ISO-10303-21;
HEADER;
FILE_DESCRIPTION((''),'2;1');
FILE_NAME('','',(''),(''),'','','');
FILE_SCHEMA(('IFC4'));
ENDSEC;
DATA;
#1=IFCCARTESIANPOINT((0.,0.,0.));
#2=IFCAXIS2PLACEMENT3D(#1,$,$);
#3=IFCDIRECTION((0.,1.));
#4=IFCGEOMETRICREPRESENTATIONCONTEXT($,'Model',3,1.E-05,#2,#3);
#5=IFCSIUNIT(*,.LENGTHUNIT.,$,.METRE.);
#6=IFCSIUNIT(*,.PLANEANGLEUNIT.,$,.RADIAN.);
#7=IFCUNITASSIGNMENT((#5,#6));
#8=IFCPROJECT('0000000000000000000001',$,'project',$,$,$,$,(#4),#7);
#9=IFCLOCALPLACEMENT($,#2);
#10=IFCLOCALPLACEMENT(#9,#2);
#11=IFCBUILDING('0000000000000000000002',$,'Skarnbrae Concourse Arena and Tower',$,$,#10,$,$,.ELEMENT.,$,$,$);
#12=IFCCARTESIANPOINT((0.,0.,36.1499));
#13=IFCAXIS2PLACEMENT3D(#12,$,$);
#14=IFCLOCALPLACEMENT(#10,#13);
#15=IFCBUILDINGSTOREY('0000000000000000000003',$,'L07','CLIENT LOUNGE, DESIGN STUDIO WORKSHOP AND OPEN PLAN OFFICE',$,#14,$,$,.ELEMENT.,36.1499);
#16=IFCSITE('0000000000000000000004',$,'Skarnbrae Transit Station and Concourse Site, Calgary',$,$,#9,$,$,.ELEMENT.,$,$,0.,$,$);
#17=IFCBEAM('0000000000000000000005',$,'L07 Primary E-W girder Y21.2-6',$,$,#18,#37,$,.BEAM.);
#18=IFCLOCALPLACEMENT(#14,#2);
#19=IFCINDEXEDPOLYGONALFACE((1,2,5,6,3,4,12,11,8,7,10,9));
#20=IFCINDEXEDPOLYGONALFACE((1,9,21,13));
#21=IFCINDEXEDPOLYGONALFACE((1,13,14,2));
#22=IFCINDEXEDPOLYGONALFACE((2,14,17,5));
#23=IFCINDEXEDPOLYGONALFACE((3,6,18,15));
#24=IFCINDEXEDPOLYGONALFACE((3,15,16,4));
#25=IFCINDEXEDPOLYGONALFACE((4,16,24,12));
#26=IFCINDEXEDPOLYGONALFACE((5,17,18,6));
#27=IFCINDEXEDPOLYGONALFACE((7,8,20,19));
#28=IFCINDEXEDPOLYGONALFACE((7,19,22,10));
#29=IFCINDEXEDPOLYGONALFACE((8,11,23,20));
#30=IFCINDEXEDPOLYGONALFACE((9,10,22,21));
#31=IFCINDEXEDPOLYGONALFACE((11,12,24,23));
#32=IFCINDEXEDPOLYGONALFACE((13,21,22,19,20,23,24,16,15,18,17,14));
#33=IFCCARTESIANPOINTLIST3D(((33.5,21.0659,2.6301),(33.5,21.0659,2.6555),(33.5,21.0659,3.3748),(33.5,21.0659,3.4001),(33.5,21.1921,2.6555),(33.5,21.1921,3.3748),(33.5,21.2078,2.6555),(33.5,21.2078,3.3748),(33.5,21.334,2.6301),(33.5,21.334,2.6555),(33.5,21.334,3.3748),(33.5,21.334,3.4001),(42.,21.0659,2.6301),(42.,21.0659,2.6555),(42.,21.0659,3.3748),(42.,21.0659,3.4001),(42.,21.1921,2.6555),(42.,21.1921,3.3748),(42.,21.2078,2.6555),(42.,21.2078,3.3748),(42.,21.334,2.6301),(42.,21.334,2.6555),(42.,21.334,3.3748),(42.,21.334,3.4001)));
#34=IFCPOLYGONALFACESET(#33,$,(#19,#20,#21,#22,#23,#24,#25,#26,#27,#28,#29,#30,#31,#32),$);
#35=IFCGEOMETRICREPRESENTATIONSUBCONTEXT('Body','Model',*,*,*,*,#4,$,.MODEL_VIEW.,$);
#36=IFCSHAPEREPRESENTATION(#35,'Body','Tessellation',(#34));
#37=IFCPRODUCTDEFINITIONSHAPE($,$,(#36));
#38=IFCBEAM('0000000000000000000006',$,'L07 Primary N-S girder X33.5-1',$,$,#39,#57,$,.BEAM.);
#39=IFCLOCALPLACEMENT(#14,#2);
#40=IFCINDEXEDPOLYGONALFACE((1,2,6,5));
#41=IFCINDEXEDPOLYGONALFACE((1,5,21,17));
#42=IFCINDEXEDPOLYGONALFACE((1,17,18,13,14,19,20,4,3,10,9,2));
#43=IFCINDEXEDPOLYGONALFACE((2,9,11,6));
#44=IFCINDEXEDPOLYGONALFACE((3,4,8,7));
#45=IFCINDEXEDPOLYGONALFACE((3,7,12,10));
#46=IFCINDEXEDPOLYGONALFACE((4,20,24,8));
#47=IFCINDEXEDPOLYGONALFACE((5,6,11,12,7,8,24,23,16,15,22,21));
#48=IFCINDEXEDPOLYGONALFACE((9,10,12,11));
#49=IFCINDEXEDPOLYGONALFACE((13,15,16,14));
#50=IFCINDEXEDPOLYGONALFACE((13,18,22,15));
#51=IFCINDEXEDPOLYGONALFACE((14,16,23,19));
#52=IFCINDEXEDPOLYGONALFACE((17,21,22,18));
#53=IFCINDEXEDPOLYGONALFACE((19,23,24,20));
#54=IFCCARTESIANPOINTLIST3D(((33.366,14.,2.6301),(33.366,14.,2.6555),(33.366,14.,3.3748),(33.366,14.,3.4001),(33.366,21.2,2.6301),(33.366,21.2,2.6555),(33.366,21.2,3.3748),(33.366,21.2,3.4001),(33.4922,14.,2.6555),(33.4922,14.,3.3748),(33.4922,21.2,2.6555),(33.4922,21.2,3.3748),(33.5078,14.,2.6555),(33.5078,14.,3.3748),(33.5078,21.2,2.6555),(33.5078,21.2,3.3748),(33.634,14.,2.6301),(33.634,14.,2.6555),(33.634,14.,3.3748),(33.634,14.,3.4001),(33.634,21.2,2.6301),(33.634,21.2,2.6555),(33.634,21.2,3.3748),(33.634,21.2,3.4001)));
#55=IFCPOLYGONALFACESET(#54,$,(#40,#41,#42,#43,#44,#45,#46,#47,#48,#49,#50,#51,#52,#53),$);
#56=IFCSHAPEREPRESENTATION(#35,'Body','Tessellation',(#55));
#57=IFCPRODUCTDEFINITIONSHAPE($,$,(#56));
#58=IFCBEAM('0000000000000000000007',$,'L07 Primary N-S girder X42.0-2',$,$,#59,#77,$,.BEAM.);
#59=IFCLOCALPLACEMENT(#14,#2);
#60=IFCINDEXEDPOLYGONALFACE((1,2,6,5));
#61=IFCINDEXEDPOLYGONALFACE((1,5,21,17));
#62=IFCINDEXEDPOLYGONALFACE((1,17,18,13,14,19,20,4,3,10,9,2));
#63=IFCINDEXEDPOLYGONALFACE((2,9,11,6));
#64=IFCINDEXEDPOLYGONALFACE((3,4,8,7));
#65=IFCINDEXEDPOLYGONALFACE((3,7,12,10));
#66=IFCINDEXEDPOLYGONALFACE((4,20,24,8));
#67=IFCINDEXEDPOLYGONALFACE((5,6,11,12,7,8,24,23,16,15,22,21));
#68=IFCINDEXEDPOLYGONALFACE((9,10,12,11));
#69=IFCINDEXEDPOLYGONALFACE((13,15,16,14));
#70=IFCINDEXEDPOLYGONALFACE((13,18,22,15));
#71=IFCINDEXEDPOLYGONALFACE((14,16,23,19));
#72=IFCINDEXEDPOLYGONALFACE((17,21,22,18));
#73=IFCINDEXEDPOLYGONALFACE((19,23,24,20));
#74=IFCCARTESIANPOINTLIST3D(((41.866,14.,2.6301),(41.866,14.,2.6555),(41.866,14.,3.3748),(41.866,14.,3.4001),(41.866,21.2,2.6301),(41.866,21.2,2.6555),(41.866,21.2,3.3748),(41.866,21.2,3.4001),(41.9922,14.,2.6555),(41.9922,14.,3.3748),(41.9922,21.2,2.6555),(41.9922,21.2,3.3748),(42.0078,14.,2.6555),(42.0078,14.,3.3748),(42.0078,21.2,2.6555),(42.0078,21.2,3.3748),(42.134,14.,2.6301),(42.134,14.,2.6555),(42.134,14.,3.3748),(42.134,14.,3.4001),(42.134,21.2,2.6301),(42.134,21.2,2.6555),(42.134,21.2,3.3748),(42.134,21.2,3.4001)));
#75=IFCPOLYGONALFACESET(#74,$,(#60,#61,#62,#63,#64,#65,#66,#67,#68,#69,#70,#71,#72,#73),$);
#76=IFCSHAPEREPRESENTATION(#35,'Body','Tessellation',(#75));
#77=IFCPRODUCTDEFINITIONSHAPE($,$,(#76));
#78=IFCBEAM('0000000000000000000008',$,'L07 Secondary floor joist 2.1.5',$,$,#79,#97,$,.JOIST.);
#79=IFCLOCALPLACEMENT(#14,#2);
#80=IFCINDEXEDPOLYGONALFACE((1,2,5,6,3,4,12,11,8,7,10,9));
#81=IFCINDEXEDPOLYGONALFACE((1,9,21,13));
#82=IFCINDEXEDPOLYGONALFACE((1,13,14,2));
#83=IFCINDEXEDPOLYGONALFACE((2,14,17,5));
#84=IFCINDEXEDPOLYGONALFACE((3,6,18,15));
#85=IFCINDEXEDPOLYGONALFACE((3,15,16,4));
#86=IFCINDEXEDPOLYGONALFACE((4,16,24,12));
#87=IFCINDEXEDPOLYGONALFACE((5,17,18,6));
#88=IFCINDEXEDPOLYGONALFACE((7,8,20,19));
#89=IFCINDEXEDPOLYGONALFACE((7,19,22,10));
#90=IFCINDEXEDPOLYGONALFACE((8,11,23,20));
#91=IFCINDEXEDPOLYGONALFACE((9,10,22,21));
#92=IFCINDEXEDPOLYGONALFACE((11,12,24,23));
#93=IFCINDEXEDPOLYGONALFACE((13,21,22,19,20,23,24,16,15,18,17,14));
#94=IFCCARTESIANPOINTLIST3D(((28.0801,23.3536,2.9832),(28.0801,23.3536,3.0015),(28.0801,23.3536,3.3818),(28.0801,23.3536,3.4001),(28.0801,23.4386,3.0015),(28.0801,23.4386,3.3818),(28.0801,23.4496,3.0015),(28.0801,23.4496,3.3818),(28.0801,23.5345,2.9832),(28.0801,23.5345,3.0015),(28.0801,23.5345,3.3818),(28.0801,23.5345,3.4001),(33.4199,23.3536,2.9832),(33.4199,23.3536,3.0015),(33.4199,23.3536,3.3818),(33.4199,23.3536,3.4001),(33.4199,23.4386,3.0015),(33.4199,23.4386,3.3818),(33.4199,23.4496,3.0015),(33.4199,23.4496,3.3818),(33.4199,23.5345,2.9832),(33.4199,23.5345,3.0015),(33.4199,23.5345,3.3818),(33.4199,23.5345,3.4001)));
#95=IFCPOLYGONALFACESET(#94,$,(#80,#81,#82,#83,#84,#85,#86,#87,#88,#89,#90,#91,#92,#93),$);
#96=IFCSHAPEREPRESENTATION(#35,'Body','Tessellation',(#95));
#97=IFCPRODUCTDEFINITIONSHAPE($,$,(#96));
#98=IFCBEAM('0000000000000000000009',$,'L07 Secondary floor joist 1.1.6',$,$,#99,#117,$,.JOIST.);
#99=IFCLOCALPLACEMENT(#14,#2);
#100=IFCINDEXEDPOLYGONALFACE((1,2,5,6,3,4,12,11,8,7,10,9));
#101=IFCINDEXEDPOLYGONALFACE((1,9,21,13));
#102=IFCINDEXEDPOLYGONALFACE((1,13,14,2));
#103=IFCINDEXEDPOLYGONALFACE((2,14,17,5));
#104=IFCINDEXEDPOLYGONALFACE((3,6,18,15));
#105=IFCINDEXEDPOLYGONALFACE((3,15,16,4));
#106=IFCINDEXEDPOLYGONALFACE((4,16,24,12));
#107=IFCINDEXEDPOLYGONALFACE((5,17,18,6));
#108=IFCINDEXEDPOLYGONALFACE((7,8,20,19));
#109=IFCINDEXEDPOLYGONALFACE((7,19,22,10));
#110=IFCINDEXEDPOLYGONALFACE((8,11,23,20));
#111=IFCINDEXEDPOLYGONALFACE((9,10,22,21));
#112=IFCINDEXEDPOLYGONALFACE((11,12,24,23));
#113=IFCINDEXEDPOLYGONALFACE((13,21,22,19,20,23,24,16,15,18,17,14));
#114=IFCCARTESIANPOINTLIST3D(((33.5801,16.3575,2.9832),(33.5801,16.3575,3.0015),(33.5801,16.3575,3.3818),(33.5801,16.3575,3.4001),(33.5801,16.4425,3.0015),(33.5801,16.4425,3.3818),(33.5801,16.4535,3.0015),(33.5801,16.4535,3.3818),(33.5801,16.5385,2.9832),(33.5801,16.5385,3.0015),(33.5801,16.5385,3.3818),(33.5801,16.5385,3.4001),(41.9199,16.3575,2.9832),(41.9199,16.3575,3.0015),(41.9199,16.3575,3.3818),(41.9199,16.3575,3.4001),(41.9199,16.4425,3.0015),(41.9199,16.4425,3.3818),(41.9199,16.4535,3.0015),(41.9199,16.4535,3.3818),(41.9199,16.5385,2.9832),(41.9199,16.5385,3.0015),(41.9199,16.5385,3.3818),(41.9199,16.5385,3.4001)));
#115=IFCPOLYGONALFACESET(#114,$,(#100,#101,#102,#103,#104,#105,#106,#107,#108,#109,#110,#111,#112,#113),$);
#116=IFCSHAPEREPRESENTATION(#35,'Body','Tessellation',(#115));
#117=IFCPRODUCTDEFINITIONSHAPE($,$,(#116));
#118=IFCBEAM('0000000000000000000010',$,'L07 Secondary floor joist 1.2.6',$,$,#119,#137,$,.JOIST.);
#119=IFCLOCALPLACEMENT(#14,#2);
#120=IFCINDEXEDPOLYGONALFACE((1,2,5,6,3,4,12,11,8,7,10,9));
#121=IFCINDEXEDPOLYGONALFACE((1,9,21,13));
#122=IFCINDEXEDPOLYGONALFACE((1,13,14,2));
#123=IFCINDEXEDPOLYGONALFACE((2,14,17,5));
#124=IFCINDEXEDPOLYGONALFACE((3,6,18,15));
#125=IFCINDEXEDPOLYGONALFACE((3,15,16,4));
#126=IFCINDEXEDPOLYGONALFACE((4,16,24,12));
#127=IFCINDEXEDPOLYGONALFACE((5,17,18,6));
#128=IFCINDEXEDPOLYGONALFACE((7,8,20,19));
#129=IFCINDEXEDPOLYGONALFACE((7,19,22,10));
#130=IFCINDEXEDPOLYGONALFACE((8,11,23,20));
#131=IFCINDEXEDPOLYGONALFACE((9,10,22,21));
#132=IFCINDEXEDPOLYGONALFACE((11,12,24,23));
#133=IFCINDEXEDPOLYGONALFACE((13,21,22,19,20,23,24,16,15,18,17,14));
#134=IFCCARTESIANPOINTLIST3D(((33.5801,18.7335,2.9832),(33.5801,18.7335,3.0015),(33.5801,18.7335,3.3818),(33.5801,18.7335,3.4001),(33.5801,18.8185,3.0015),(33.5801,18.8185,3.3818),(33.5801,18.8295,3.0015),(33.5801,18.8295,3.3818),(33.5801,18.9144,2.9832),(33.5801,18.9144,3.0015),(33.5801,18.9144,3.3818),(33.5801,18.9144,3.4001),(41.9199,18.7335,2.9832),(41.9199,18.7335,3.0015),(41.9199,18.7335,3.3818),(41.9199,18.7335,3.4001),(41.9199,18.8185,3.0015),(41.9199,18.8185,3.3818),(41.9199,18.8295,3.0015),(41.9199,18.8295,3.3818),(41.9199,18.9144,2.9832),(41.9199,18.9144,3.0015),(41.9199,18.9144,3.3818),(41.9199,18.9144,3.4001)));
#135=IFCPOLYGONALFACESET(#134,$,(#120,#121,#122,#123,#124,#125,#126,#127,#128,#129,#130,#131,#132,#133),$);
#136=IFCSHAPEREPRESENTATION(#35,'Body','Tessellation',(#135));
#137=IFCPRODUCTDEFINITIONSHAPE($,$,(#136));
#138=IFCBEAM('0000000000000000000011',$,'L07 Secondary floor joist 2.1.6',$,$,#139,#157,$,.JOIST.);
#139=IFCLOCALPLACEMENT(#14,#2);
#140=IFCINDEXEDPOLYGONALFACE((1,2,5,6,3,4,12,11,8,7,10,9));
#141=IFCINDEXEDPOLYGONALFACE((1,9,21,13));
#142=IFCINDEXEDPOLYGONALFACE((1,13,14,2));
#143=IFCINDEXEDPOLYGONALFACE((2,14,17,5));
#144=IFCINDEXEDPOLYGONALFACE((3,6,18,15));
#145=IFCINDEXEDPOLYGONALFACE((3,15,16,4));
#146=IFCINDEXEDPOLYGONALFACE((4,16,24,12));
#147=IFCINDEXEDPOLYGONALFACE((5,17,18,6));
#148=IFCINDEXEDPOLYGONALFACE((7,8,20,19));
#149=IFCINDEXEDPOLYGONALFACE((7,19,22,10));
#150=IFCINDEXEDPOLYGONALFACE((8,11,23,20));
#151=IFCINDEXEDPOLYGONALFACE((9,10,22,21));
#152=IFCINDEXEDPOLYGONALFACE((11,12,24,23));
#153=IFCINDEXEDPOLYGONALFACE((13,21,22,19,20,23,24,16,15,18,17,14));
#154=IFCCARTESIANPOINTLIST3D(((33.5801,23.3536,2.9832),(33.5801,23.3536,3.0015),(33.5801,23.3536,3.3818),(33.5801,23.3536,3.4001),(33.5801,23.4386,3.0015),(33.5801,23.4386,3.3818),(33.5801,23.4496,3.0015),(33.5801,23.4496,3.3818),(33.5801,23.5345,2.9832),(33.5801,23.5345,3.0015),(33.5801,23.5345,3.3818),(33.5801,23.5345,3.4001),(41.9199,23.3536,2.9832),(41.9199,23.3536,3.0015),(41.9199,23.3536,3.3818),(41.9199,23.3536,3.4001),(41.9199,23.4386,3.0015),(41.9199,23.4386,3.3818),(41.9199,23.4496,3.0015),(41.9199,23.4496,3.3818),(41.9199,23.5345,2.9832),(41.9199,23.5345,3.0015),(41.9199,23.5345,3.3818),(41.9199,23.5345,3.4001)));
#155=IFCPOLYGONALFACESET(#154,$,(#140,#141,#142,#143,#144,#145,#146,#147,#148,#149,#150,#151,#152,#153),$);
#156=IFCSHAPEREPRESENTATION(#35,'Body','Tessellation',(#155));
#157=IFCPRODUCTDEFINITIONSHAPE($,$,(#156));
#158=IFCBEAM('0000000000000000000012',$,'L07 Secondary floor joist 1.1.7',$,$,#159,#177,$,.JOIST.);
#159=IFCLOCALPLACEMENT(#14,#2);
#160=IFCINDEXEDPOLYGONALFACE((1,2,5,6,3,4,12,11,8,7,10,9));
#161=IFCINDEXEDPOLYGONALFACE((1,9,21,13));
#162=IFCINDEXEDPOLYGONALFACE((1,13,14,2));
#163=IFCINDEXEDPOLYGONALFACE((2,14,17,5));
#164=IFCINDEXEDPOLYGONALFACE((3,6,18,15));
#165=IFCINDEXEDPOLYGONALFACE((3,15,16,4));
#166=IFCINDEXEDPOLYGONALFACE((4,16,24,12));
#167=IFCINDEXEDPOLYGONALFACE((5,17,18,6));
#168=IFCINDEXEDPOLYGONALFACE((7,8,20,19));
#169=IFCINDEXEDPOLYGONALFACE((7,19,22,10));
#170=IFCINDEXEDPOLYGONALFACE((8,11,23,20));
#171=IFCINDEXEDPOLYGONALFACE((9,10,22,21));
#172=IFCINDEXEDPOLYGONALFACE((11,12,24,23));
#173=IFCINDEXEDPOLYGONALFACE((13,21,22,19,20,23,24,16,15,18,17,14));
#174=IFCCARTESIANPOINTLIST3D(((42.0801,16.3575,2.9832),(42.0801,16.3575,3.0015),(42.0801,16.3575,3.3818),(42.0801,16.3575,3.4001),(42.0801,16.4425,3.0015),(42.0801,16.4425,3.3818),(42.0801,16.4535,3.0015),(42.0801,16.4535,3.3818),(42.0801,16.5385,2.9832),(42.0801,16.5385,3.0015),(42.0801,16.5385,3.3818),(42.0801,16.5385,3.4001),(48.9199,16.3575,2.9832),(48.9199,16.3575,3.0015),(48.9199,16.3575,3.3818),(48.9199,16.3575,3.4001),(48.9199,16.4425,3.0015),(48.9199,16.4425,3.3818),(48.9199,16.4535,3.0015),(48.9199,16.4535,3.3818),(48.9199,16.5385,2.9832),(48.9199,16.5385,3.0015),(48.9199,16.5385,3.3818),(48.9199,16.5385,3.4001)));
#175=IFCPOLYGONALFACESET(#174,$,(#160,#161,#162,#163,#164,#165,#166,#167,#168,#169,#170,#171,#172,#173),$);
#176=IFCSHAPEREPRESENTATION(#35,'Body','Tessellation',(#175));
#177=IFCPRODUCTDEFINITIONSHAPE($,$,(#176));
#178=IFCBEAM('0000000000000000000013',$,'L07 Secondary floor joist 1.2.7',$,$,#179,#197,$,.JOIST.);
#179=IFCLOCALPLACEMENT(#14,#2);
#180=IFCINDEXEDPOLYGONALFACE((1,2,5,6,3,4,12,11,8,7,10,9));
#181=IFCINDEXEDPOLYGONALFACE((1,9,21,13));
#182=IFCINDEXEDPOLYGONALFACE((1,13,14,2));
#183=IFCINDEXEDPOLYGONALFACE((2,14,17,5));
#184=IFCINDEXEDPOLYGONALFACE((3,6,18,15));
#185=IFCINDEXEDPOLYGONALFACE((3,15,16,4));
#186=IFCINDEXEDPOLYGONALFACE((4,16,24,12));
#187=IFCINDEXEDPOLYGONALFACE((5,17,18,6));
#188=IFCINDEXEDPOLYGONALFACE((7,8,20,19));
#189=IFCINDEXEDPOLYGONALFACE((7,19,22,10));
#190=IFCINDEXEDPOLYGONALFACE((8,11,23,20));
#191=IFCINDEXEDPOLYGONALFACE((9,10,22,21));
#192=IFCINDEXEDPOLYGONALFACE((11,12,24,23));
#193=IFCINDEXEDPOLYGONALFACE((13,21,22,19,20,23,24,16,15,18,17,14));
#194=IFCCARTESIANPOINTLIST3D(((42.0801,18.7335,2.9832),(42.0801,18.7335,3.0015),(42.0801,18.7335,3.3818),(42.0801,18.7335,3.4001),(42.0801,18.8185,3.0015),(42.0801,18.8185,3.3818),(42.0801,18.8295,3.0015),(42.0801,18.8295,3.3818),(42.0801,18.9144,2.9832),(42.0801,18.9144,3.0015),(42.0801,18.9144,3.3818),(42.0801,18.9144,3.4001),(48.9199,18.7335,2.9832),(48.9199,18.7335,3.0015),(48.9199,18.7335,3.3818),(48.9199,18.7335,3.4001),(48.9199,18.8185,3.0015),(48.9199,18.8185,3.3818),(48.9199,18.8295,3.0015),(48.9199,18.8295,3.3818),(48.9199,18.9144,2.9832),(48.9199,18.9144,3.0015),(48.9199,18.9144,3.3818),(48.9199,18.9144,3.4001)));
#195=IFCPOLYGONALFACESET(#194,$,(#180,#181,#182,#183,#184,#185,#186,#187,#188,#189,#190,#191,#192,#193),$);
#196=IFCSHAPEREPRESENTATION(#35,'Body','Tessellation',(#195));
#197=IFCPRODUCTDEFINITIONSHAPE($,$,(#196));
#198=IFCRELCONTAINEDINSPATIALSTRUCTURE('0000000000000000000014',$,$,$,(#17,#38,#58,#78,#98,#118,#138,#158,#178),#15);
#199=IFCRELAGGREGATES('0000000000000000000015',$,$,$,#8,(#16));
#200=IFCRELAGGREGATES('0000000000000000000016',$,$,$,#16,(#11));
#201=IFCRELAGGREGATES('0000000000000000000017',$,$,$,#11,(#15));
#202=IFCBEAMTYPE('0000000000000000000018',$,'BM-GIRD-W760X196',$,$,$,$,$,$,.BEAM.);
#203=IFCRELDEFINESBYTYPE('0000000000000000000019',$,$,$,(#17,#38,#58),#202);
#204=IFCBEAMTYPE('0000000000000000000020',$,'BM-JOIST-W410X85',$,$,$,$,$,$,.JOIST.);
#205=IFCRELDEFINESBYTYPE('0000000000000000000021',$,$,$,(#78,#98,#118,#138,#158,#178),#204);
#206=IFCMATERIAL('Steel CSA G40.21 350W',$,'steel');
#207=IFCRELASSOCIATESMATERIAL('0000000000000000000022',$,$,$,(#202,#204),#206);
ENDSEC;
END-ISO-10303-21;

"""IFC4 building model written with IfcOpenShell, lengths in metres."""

from ifc_helpers import new_model, si_unit, direction, frame, origin, origin_2d, place, context, subcontext, project, spatial, i_section, extrude, source, transform, mapped, material, material_profile, profile_set, type_object, element, save


model = new_model("IFC4")

# Units and contexts
model_context = context("Model", 3, precision=1e-05, world=origin(), true_north=direction((0.0, 1.0)))
body_context = subcontext(model_context, "Body", "Model", "MODEL_VIEW")
ifc_project = project(units=[si_unit("LENGTHUNIT", "METRE"), si_unit("PLANEANGLEUNIT", "RADIAN")], contexts=[model_context])

# Site, building, storey
site_placement = place(None, origin())
site = spatial("IfcSite", under=ifc_project, at=site_placement, Name="Skarnbrae Transit Station and Concourse Site, Calgary", CompositionType="ELEMENT", RefElevation=0.0)
building_placement = place(site_placement, origin())
building = spatial("IfcBuilding", under=site, at=building_placement, Name="Skarnbrae Concourse Arena and Tower", CompositionType="ELEMENT")
storey_placement = place(building_placement, frame((0.0, 0.0, 36.1499)))
storey = spatial("IfcBuildingStorey", under=building, at=storey_placement, Name="L07", Description="CLIENT LOUNGE, DESIGN STUDIO WORKSHOP AND OPEN PLAN OFFICE", CompositionType="ELEMENT", Elevation=36.1499)

# Shared definitions
ifc_material_1 = material(Name="Steel CSA G40.21 350W", Category="steel")

# Beams
ifc_material_profile_1 = material_profile(ifc_material_1, i_section(OverallWidth=0.2681, OverallDepth=0.77, WebThickness=0.0156, FlangeThickness=0.0254, at=origin_2d()), Name="W760X196")
ifc_profile_set_1 = profile_set([ifc_material_profile_1], Name="Steel CSA G40.21 350W")
beam_type_1 = type_object("IfcBeamType", Name="BM-GIRD-W760X196", PredefinedType="BEAM", material=ifc_profile_set_1)
shared_shape_1 = source(origin(), body_context, "Body", "SweptSolid", [
    extrude(i_section(OverallWidth=0.2681, OverallDepth=0.77, WebThickness=0.0156, FlangeThickness=0.0254, at=origin_2d()), origin(), (0.0, 0.0, 1.0), 8.5),
])
for number, where, z_axis, x_axis, name in (
    (1, (33.5, 21.2, 3.0151), (1.0, 0.0, 0.0), (0.0, 1.0, 0.0), "L07 Primary E-W girder Y21.2-6"),
):
    element("IfcBeam", number, at=place(storey_placement, frame(where, z_axis=z_axis, x_axis=x_axis)), inside=storey, type_object=beam_type_1, Name=name, PredefinedType="BEAM", context=body_context, shape_type="MappedRepresentation", body=[
        mapped(shared_shape_1, transform((0.0, 0.0, 0.0))),
    ])
shared_shape_2 = source(origin(), body_context, "Body", "SweptSolid", [
    extrude(i_section(OverallWidth=0.2681, OverallDepth=0.77, WebThickness=0.0156, FlangeThickness=0.0254, at=origin_2d()), origin(), (0.0, 0.0, 1.0), 7.2),
])
for number, where, z_axis, x_axis, name in (
    (2, (33.5, 14.0, 3.0151), (0.0, 1.0, 0.0), (-1.0, 0.0, 0.0), "L07 Primary N-S girder X33.5-1"),
    (3, (42.0, 14.0, 3.0151), (0.0, 1.0, 0.0), (-1.0, 0.0, 0.0), "L07 Primary N-S girder X42.0-2"),
):
    element("IfcBeam", number, at=place(storey_placement, frame(where, z_axis=z_axis, x_axis=x_axis)), inside=storey, type_object=beam_type_1, Name=name, PredefinedType="BEAM", context=body_context, shape_type="MappedRepresentation", body=[
        mapped(shared_shape_2, transform((0.0, 0.0, 0.0))),
    ])
ifc_material_profile_2 = material_profile(ifc_material_1, i_section(OverallWidth=0.1809, OverallDepth=0.417, WebThickness=0.011, FlangeThickness=0.0183, at=origin_2d()), Name="W410X85")
ifc_profile_set_2 = profile_set([ifc_material_profile_2], Name="Steel CSA G40.21 350W")
beam_type_2 = type_object("IfcBeamType", Name="BM-JOIST-W410X85", PredefinedType="JOIST", material=ifc_profile_set_2)
shared_shape_3 = source(origin(), body_context, "Body", "SweptSolid", [
    extrude(i_section(OverallWidth=0.1809, OverallDepth=0.417, WebThickness=0.011, FlangeThickness=0.0183, at=origin_2d()), origin(), (0.0, 0.0, 1.0), 5.3398),
])
beam_placement = place(storey_placement, frame((28.0801, 23.4441, 3.1917), z_axis=(1.0, 0.0, 0.0), x_axis=(0.0, 1.0, 0.0)))
element("IfcBeam", 4, at=beam_placement, inside=storey, type_object=beam_type_2, Name="L07 Secondary floor joist 2.1.5", PredefinedType="JOIST", context=body_context, shape_type="MappedRepresentation", body=[
    mapped(shared_shape_3, transform((0.0, 0.0, 0.0))),
])
shared_shape_4 = source(origin(), body_context, "Body", "SweptSolid", [
    extrude(i_section(OverallWidth=0.1809, OverallDepth=0.417, WebThickness=0.011, FlangeThickness=0.0183, at=origin_2d()), origin(), (0.0, 0.0, 1.0), 8.3398),
])
for number, where, z_axis, x_axis, name in (
    (5, (33.5801, 16.448, 3.1917), (1.0, 0.0, 0.0), (0.0, 1.0, 0.0), "L07 Secondary floor joist 1.1.6"),
    (6, (33.5801, 18.824, 3.1917), (1.0, 0.0, 0.0), (0.0, 1.0, 0.0), "L07 Secondary floor joist 1.2.6"),
    (7, (33.5801, 23.4441, 3.1917), (1.0, 0.0, 0.0), (0.0, 1.0, 0.0), "L07 Secondary floor joist 2.1.6"),
):
    element("IfcBeam", number, at=place(storey_placement, frame(where, z_axis=z_axis, x_axis=x_axis)), inside=storey, type_object=beam_type_2, Name=name, PredefinedType="JOIST", context=body_context, shape_type="MappedRepresentation", body=[
        mapped(shared_shape_4, transform((0.0, 0.0, 0.0))),
    ])
shared_shape_5 = source(origin(), body_context, "Body", "SweptSolid", [
    extrude(i_section(OverallWidth=0.1809, OverallDepth=0.417, WebThickness=0.011, FlangeThickness=0.0183, at=origin_2d()), origin(), (0.0, 0.0, 1.0), 6.8398),
])
for number, where, z_axis, x_axis, name in (
    (8, (42.0801, 16.448, 3.1917), (1.0, 0.0, 0.0), (0.0, 1.0, 0.0), "L07 Secondary floor joist 1.1.7"),
    (9, (42.0801, 18.824, 3.1917), (1.0, 0.0, 0.0), (0.0, 1.0, 0.0), "L07 Secondary floor joist 1.2.7"),
):
    element("IfcBeam", number, at=place(storey_placement, frame(where, z_axis=z_axis, x_axis=x_axis)), inside=storey, type_object=beam_type_2, Name=name, PredefinedType="JOIST", context=body_context, shape_type="MappedRepresentation", body=[
        mapped(shared_shape_5, transform((0.0, 0.0, 0.0))),
    ])

save(model, "model.ifc")
